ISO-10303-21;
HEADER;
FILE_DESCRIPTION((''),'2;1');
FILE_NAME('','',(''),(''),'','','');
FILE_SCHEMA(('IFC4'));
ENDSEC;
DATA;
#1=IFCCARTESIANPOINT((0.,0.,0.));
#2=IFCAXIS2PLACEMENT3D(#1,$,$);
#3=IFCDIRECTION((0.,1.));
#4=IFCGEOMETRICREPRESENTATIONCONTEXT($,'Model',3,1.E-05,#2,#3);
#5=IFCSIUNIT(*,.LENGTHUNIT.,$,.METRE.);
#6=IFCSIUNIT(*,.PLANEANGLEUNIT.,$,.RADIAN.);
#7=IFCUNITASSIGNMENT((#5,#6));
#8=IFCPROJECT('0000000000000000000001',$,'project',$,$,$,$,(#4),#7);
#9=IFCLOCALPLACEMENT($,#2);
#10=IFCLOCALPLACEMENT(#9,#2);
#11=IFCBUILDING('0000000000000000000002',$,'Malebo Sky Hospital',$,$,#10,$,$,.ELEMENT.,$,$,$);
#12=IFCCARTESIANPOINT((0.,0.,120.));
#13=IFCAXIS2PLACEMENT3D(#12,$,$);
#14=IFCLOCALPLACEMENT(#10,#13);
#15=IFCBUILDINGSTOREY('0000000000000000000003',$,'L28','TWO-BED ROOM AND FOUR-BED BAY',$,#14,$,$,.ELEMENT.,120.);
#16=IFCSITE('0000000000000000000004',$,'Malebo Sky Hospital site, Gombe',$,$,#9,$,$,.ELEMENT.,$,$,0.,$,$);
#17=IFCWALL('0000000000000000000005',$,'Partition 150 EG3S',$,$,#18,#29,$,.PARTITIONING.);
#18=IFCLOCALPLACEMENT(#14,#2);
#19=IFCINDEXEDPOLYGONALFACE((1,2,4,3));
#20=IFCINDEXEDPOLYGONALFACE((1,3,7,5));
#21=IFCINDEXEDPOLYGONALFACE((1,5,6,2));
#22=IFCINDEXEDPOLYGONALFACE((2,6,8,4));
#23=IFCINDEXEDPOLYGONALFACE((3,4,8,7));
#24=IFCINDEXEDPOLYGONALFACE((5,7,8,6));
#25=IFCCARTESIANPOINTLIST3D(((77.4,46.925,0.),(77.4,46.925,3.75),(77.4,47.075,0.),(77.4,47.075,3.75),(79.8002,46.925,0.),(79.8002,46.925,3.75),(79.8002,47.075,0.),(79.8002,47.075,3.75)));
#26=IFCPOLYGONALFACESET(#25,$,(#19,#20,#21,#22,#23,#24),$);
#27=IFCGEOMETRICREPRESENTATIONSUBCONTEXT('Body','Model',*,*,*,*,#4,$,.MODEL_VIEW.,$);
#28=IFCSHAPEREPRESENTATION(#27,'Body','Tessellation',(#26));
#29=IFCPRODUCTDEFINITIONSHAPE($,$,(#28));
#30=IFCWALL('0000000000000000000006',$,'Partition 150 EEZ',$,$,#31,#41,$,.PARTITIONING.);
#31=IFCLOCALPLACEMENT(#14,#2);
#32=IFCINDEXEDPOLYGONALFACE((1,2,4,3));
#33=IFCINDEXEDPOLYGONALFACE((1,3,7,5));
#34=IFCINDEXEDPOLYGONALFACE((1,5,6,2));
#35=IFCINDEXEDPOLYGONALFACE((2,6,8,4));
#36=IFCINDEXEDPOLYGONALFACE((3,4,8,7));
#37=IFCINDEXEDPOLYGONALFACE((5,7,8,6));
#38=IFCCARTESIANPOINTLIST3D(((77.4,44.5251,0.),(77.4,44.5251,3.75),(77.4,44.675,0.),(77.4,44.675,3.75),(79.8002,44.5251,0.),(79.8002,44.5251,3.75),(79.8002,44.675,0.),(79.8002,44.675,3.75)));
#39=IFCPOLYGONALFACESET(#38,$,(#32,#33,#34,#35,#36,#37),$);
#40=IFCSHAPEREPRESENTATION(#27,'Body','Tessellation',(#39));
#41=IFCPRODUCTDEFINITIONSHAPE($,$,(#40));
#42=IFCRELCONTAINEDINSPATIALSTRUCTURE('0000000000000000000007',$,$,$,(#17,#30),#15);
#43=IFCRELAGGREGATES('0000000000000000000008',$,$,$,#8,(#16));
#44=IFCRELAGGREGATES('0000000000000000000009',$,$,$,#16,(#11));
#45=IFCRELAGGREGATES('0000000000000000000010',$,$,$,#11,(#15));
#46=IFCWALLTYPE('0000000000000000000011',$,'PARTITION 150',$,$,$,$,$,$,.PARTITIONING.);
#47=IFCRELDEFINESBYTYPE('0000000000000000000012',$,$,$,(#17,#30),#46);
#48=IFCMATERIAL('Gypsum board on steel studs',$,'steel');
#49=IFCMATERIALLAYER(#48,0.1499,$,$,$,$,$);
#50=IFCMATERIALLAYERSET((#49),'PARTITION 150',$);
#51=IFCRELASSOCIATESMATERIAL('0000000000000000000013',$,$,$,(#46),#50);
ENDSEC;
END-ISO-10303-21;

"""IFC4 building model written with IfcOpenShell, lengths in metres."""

from ifc_helpers import new_model, si_unit, direction, frame, frame_2d, origin, place, context, subcontext, project, spatial, rectangle, extrude, material, layer, layer_set, type_object, element, save


model = new_model("IFC4")

# Units and contexts
model_context = context("Model", 3, precision=1e-05, world=origin(), true_north=direction((0.0, 1.0)))
body_context = subcontext(model_context, "Body", "Model", "MODEL_VIEW")
ifc_project = project(units=[si_unit("LENGTHUNIT", "METRE"), si_unit("PLANEANGLEUNIT", "RADIAN")], contexts=[model_context])

# Site, building, storey
site_placement = place(None, origin())
site = spatial("IfcSite", under=ifc_project, at=site_placement, Name="Malebo Sky Hospital site, Gombe", CompositionType="ELEMENT", RefElevation=0.0)
building_placement = place(site_placement, origin())
building = spatial("IfcBuilding", under=site, at=building_placement, Name="Malebo Sky Hospital", CompositionType="ELEMENT")
storey_placement = place(building_placement, frame((0.0, 0.0, 120.0)))
storey = spatial("IfcBuildingStorey", under=building, at=storey_placement, Name="L28", Description="TWO-BED ROOM AND FOUR-BED BAY", CompositionType="ELEMENT", Elevation=120.0)

# Shared definitions
ifc_material_1 = material(Name="Gypsum board on steel studs", Category="steel")

# Shared definitions
ifc_layer_1 = layer(ifc_material_1, 0.1499)
ifc_layer_set_1 = layer_set([ifc_layer_1], Name="PARTITION 150")
wall_type_1 = type_object("IfcWallType", Name="PARTITION 150", PredefinedType="PARTITIONING", material=ifc_layer_set_1)

# Walls
for number, where, z_axis, x_axis, name in (
    (1, (77.3999, 47.0, 0.0), (0.0, 0.0, 1.0), (1.0, 0.0, 0.0), "Partition 150 EG3S"),
    (2, (77.3999, 44.6001, 0.0), (0.0, 0.0, 1.0), (1.0, 0.0, 0.0), "Partition 150 EEZ"),
):
    element("IfcWall", number, at=place(storey_placement, frame(where, z_axis=z_axis, x_axis=x_axis)), inside=storey, type_object=wall_type_1, Name=name, PredefinedType="PARTITIONING", context=body_context, shape_type="SweptSolid", body=[
        extrude(rectangle(XDim=2.4001, YDim=0.1499, at=frame_2d((1.2002, 0.0))), origin(), (0.0, 0.0, 1.0), 3.75),
    ])

save(model, "model.ifc")
